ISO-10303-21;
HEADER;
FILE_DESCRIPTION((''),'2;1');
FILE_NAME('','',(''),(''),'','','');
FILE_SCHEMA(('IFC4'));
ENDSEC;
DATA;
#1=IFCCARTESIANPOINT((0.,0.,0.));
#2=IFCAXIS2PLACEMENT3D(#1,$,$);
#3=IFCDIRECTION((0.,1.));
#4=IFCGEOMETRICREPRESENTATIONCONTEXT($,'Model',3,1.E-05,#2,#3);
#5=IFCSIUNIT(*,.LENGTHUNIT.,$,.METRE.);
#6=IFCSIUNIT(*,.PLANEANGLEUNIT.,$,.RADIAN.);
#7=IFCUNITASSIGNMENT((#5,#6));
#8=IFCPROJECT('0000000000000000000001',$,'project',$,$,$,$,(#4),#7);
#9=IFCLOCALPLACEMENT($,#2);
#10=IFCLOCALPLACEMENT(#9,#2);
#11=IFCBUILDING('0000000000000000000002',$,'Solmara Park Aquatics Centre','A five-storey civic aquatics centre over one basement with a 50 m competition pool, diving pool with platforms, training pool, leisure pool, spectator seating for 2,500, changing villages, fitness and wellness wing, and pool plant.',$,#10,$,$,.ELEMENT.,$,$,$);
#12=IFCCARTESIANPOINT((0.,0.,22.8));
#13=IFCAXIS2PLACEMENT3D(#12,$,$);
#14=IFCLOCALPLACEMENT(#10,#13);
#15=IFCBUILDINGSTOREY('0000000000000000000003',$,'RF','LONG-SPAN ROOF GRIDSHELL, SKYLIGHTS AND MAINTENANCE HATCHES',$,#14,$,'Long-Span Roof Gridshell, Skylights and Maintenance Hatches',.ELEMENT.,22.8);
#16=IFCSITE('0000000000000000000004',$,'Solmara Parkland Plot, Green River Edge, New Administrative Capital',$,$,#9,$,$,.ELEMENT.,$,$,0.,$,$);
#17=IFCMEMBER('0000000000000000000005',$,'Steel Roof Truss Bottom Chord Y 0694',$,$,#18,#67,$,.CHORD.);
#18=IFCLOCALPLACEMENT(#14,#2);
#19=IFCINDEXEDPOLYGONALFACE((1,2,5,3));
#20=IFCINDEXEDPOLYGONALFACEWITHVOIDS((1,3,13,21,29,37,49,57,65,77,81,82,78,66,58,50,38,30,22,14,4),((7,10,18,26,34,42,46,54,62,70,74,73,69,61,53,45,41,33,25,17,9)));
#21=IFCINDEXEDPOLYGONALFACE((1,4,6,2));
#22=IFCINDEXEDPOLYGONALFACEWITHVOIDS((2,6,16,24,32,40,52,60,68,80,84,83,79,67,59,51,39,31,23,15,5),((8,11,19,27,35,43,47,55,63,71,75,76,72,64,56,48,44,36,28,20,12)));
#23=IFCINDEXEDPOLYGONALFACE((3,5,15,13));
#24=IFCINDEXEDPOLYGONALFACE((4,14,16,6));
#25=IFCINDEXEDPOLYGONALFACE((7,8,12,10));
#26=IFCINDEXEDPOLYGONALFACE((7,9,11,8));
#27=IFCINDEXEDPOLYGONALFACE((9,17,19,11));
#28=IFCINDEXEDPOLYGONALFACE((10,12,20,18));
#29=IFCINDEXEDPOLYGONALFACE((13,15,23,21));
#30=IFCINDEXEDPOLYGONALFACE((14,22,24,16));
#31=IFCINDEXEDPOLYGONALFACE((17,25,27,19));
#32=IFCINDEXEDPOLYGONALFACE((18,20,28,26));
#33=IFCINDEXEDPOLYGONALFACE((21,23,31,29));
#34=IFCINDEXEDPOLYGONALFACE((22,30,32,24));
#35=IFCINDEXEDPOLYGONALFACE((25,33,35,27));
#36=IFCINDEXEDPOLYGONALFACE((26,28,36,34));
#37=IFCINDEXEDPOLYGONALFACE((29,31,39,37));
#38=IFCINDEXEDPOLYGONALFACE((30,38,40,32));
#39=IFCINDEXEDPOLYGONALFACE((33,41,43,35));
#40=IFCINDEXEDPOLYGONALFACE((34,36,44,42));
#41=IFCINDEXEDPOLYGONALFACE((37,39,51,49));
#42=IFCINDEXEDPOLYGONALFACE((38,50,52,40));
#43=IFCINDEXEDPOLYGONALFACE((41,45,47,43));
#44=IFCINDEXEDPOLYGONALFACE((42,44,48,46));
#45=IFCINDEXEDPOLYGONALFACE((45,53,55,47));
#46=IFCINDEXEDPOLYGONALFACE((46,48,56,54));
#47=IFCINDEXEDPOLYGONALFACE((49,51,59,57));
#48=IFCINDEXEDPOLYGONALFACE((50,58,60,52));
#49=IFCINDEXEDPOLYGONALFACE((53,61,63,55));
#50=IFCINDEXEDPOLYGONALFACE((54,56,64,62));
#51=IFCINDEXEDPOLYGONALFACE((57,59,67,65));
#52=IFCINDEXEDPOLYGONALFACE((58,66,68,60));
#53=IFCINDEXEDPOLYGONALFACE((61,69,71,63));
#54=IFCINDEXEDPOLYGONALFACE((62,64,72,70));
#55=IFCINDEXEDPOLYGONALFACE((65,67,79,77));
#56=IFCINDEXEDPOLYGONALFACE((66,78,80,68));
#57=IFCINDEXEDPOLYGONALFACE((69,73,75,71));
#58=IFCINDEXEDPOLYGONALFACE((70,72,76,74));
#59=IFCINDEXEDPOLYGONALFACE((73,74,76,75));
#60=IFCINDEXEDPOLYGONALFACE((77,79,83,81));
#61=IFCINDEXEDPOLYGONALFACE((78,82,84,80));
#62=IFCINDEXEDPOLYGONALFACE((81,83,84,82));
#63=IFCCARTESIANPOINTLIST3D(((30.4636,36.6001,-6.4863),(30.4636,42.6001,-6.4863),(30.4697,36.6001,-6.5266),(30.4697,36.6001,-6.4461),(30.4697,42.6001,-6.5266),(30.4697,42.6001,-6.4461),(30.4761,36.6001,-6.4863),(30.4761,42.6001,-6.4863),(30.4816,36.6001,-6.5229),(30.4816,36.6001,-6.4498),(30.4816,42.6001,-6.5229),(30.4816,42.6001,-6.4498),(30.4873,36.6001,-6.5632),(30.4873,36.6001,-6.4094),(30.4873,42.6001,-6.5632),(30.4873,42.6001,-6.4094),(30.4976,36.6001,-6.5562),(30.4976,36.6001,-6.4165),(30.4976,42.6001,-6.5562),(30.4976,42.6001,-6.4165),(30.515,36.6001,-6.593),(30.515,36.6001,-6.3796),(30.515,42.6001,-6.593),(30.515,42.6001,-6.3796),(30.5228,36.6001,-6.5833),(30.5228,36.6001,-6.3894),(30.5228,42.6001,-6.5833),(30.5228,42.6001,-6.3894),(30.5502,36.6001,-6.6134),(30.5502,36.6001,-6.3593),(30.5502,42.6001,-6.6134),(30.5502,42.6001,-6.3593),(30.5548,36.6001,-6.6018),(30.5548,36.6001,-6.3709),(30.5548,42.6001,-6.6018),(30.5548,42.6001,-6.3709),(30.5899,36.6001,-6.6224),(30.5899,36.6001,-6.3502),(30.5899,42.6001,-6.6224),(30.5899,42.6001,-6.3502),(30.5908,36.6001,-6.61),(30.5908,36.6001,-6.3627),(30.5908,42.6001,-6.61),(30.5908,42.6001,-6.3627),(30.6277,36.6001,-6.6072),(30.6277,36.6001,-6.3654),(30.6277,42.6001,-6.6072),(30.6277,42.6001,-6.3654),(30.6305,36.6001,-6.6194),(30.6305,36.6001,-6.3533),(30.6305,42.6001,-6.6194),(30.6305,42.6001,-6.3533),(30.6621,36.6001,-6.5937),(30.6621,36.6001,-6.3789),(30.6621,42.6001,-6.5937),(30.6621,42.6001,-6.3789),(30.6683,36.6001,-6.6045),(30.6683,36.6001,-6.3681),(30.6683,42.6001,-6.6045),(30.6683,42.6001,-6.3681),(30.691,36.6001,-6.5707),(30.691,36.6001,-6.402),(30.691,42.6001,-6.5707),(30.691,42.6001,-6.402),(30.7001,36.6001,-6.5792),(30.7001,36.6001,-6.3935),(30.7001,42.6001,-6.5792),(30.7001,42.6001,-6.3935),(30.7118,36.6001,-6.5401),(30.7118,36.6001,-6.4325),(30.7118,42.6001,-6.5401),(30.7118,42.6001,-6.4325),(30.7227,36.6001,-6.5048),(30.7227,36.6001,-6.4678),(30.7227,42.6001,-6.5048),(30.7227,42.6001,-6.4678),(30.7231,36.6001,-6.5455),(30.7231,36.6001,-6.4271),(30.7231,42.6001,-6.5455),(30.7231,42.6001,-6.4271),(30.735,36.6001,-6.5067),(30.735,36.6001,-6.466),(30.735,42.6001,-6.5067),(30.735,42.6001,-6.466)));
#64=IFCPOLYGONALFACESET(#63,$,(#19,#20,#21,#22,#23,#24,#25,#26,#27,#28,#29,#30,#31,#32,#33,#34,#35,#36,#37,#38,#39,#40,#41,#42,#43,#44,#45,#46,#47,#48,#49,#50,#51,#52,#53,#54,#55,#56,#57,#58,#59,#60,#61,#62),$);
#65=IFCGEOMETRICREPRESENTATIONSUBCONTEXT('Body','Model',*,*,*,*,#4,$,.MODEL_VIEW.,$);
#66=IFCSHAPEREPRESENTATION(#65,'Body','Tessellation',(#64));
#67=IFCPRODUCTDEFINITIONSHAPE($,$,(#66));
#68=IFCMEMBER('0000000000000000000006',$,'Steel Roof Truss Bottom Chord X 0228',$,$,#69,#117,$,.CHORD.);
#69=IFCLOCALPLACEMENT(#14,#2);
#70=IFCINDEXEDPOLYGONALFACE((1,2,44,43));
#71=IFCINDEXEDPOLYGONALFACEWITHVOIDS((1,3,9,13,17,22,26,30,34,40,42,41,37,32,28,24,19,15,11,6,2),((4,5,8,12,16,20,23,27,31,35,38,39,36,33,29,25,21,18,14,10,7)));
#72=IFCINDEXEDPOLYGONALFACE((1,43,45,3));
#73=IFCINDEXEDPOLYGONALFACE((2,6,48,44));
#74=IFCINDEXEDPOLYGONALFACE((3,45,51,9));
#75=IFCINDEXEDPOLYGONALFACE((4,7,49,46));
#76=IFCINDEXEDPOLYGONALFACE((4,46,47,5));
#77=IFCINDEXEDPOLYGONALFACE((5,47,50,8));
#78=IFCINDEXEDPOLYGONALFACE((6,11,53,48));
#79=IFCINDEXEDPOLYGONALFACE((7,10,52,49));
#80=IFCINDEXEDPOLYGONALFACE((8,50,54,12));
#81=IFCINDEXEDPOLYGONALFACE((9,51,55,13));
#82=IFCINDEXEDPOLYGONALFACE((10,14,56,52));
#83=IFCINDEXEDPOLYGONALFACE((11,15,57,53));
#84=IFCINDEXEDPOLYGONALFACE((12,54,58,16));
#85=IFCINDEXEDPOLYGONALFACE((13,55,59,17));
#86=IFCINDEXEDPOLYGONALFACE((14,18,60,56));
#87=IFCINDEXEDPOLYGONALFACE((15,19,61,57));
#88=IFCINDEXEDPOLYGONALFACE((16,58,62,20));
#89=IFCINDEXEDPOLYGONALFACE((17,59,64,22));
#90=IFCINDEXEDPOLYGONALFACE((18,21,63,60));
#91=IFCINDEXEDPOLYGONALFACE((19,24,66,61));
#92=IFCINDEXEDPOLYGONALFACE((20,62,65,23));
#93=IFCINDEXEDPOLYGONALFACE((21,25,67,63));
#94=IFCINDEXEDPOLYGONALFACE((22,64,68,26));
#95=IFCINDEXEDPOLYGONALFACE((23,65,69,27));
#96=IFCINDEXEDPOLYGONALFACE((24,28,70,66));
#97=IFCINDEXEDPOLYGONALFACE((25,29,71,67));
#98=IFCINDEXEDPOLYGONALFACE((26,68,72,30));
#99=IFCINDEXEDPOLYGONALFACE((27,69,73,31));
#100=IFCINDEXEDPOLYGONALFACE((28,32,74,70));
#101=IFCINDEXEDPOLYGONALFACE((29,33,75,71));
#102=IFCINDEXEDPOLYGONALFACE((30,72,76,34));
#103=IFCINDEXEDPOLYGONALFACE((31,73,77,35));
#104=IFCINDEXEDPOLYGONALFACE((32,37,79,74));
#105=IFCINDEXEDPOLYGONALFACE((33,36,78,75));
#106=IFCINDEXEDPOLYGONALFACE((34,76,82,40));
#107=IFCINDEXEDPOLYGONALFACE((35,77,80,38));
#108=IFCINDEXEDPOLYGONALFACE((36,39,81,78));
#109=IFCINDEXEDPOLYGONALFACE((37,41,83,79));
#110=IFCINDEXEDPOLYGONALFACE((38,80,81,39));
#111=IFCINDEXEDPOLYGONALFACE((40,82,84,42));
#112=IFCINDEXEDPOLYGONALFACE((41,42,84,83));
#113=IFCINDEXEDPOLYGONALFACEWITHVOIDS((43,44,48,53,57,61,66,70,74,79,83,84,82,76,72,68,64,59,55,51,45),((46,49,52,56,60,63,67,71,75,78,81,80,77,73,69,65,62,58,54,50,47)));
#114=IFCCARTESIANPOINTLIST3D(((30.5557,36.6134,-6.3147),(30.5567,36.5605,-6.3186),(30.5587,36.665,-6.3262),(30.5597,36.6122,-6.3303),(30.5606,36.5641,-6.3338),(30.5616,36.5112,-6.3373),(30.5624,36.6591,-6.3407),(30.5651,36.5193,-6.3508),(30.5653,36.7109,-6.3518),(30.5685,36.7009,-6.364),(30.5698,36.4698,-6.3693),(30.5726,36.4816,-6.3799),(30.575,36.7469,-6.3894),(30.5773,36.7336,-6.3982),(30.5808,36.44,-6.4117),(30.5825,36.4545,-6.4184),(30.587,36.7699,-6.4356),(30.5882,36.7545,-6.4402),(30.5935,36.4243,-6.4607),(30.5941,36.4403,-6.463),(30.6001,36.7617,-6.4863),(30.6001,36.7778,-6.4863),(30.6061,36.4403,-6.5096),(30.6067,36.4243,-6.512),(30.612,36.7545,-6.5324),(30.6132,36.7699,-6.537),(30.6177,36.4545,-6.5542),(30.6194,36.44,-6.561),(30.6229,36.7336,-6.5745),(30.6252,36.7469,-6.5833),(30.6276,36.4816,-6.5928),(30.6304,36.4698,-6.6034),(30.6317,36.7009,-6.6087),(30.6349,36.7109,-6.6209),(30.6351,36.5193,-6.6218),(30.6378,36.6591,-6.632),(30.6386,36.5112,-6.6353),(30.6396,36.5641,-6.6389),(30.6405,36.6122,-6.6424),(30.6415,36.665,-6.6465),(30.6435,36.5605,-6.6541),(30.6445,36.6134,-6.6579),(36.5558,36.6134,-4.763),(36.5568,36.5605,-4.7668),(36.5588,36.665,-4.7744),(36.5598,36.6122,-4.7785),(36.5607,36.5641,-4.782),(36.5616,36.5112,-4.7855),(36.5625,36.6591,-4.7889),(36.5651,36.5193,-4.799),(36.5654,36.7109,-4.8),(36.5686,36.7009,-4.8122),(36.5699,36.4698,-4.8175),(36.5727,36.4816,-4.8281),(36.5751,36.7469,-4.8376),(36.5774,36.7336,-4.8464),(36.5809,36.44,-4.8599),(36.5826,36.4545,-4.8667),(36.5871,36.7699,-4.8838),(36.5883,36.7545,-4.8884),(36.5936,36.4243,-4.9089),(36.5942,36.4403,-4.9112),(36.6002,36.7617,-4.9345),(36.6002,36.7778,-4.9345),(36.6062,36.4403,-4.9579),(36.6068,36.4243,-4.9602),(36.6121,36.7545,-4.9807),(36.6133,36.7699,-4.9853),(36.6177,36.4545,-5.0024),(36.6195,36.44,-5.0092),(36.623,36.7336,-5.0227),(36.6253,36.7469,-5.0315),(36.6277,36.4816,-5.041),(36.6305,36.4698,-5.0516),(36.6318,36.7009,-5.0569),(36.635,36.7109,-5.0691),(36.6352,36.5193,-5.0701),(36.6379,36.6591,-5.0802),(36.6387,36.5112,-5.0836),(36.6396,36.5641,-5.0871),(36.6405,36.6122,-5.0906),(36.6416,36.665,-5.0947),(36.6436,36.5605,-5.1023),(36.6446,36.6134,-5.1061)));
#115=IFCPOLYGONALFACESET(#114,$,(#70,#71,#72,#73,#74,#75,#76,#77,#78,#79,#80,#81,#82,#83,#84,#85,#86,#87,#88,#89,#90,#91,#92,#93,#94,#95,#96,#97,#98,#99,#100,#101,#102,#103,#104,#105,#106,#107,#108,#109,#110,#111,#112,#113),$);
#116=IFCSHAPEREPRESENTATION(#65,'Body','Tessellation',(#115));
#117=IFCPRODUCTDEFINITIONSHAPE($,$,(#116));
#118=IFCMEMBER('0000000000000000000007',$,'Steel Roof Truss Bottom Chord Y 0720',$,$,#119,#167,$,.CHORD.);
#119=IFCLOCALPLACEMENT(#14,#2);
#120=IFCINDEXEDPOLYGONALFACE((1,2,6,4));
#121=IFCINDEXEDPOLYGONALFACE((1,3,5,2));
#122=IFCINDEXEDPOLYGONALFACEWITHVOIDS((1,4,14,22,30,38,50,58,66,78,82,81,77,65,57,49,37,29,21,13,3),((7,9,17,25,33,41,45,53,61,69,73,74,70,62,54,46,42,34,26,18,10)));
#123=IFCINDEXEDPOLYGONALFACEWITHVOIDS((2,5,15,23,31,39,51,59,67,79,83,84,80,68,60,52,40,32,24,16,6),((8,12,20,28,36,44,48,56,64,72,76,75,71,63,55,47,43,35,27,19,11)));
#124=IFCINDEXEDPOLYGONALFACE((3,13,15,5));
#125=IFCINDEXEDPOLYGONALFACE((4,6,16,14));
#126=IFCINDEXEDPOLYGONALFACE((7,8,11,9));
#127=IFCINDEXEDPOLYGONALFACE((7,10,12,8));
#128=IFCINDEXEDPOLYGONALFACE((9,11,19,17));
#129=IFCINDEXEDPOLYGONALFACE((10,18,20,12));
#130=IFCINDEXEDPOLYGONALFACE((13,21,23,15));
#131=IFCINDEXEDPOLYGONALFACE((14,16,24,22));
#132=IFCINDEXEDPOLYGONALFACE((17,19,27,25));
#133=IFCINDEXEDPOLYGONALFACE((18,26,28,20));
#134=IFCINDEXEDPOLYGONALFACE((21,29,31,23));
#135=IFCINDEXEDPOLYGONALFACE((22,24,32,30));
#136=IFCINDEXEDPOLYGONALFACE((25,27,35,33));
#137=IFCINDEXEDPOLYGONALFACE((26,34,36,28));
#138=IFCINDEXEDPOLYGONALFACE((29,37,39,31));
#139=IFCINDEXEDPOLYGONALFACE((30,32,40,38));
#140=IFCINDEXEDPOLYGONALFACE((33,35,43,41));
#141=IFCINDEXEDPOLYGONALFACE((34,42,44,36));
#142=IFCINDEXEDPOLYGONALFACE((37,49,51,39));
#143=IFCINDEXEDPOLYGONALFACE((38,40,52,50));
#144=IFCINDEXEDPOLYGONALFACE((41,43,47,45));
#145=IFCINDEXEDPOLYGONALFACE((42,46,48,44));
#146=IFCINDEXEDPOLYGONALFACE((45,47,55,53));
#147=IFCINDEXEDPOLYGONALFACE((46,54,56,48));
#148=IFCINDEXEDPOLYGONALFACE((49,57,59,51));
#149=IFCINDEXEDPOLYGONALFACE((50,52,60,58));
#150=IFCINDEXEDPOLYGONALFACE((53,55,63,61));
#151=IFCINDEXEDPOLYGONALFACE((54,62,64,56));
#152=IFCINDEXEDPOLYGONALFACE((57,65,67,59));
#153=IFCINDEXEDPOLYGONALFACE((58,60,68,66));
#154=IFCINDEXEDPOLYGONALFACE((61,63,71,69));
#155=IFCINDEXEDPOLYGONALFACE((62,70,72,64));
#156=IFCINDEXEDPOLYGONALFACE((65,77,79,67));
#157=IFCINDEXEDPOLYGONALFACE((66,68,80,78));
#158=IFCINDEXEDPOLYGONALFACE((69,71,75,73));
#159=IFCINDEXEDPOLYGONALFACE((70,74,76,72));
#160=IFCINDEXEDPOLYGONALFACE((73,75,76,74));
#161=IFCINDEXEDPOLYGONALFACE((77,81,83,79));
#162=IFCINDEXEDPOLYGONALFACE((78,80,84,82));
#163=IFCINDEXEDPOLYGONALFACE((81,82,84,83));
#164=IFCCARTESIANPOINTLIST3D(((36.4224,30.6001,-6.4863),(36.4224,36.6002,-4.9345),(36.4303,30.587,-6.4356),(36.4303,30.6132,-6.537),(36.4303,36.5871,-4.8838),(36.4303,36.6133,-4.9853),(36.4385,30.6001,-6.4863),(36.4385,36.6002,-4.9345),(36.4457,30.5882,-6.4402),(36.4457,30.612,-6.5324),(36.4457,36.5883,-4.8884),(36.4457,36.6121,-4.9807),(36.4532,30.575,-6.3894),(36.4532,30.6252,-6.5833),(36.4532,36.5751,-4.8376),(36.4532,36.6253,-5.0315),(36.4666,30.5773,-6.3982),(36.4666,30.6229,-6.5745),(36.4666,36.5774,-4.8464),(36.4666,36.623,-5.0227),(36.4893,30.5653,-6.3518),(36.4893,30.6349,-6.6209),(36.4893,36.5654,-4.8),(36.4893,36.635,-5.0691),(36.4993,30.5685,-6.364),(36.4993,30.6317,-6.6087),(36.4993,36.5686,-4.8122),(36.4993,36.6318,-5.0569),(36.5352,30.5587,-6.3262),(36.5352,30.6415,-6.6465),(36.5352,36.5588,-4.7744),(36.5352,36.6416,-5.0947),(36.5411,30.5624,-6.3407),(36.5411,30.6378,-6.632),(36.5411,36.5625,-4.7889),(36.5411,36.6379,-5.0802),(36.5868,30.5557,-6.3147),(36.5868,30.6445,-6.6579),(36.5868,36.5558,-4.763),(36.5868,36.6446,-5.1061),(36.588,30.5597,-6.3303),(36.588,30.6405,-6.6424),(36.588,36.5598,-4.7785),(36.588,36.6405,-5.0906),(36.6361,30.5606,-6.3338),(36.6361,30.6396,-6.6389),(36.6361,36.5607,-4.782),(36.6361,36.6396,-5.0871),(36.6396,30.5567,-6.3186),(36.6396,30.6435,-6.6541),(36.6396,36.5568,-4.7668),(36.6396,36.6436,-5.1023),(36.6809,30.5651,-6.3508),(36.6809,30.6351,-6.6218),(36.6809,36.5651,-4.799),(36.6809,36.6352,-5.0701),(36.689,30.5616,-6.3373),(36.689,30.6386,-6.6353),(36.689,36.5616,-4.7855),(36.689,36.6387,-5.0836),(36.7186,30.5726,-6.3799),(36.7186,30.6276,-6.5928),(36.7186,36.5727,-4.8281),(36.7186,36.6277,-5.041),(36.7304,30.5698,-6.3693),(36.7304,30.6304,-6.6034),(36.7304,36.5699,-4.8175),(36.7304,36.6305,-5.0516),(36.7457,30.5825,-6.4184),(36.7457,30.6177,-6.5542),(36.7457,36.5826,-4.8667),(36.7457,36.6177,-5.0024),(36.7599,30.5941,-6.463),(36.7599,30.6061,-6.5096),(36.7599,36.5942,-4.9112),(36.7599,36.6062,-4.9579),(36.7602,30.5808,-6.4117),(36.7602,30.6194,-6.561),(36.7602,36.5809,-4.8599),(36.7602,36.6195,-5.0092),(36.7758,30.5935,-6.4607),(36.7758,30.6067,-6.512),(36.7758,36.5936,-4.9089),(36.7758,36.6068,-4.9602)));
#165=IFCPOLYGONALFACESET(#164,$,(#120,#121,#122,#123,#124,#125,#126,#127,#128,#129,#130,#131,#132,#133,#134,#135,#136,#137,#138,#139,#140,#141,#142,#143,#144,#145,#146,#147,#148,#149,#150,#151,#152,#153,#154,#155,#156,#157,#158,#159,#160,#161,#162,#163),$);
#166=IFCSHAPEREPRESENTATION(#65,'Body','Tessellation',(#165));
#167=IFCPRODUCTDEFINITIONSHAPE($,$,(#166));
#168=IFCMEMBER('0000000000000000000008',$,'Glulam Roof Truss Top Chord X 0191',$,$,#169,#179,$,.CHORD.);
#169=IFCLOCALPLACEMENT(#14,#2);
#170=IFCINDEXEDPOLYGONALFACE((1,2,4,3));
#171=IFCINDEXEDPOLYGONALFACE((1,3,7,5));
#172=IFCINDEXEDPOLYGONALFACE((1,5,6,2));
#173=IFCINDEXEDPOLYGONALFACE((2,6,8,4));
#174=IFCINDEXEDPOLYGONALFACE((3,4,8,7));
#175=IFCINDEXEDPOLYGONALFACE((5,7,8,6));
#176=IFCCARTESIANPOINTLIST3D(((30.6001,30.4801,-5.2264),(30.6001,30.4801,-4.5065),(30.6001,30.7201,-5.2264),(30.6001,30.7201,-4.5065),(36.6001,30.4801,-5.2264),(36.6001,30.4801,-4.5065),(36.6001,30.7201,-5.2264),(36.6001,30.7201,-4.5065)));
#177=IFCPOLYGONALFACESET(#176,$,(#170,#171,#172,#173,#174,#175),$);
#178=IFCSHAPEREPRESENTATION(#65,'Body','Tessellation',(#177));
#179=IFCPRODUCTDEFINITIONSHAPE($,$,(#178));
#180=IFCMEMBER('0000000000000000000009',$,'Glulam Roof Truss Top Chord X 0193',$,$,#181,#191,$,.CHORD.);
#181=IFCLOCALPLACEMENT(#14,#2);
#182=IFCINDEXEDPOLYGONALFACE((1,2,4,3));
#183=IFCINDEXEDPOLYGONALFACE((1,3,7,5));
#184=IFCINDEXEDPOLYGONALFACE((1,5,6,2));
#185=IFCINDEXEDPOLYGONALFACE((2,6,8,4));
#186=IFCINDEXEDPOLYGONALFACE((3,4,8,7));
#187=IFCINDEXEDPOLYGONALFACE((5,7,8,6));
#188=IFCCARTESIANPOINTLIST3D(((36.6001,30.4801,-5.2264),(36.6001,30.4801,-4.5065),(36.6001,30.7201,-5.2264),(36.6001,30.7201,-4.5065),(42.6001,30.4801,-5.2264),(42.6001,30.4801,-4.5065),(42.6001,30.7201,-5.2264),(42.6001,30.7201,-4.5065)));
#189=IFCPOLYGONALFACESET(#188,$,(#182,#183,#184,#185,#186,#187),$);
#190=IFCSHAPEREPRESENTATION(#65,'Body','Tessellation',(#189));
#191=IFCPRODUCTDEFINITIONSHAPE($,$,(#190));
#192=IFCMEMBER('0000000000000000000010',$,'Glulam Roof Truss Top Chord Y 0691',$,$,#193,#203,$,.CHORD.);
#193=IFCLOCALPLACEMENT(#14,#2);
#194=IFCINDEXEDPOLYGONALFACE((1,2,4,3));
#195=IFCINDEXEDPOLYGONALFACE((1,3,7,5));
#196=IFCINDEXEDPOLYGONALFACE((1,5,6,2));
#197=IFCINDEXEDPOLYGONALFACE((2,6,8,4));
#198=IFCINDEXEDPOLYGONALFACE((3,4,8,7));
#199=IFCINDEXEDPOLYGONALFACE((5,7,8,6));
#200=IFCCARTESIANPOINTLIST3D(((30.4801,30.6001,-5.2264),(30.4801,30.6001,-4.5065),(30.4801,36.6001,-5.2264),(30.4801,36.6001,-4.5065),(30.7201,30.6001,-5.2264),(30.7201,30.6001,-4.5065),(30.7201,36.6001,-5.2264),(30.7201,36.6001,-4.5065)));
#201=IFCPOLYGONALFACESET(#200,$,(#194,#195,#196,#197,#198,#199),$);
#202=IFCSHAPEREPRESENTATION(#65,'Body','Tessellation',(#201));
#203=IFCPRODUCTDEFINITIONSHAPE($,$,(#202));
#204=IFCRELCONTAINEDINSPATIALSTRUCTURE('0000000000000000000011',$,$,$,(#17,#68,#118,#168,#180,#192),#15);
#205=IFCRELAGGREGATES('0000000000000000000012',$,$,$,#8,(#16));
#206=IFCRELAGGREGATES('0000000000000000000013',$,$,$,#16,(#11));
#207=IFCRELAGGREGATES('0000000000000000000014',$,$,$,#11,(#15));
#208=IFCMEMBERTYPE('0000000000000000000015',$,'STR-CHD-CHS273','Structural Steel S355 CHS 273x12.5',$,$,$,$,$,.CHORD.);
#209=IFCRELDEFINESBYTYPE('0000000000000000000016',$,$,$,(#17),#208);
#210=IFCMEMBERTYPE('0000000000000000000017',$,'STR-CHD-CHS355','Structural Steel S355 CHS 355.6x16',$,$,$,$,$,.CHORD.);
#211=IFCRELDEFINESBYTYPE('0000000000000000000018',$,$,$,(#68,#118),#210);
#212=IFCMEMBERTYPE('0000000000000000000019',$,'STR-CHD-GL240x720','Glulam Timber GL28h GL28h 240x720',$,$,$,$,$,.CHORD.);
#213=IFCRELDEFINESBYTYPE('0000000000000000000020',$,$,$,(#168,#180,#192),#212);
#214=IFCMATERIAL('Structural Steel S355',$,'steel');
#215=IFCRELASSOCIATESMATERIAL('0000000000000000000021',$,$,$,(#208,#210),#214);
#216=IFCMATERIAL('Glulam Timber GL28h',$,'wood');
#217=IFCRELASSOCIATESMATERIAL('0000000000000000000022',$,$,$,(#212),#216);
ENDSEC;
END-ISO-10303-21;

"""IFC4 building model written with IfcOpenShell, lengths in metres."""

from ifc_helpers import new_model, si_unit, direction, frame, origin, origin_2d, place, context, subcontext, project, spatial, rectangle, hollow_circle, extrude, material, material_profile, profile_set, type_object, element, save


model = new_model("IFC4")

# Units and contexts
model_context = context("Model", 3, precision=1e-05, world=origin(), true_north=direction((0.0, 1.0)))
body_context = subcontext(model_context, "Body", "Model", "MODEL_VIEW")
ifc_project = project(units=[si_unit("LENGTHUNIT", "METRE"), si_unit("PLANEANGLEUNIT", "RADIAN")], contexts=[model_context])

# Site, building, storey
site_placement = place(None, origin())
site = spatial("IfcSite", under=ifc_project, at=site_placement, Name="Solmara Parkland Plot, Green River Edge, New Administrative Capital", CompositionType="ELEMENT", RefElevation=0.0)
building_placement = place(site_placement, origin())
building = spatial("IfcBuilding", under=site, at=building_placement, Name="Solmara Park Aquatics Centre", Description="A five-storey civic aquatics centre over one basement with a 50 m competition pool, diving pool with platforms, training pool, leisure pool, spectator seating for 2,500, changing villages, fitness and wellness wing, and pool plant.", CompositionType="ELEMENT")
storey_placement = place(building_placement, frame((0.0, 0.0, 22.8)))
storey = spatial("IfcBuildingStorey", under=building, at=storey_placement, Name="RF", Description="LONG-SPAN ROOF GRIDSHELL, SKYLIGHTS AND MAINTENANCE HATCHES", LongName="Long-Span Roof Gridshell, Skylights and Maintenance Hatches", CompositionType="ELEMENT", Elevation=22.8)

# Members
ifc_material_1 = material(Name="Structural Steel S355", Category="steel")
ifc_material_profile_1 = material_profile(ifc_material_1, hollow_circle(Radius=0.1365, WallThickness=0.0125, at=origin_2d()), Name="CHS 273x12.5")
ifc_profile_set_1 = profile_set([ifc_material_profile_1], Name="Structural Steel S355")
member_type_1 = type_object("IfcMemberType", Name="STR-CHD-CHS273", Description="Structural Steel S355 CHS 273x12.5", PredefinedType="CHORD", material=ifc_profile_set_1)
for number, where, z_axis, x_axis, name in (
    (1, (30.6001, 36.6001, -6.4863), (0.0, 1.0, 0.0), (-1.0, 0.0, 0.0), "Steel Roof Truss Bottom Chord Y 0694"),
):
    element("IfcMember", number, at=place(storey_placement, frame(where, z_axis=z_axis, x_axis=x_axis)), inside=storey, type_object=member_type_1, Name=name, PredefinedType="CHORD", context=body_context, shape_type="SweptSolid", body=[
        extrude(hollow_circle(Radius=0.1365, WallThickness=0.0125, at=origin_2d()), origin(), (0.0, 0.0, 1.0), 6.0),
    ])
ifc_material_profile_2 = material_profile(ifc_material_1, hollow_circle(Radius=0.1777, WallThickness=0.0161, at=origin_2d()), Name="CHS 355.6x16")
ifc_profile_set_2 = profile_set([ifc_material_profile_2], Name="Structural Steel S355")
member_type_2 = type_object("IfcMemberType", Name="STR-CHD-CHS355", Description="Structural Steel S355 CHS 355.6x16", PredefinedType="CHORD", material=ifc_profile_set_2)
for number, where, z_axis, x_axis, name in (
    (2, (30.6001, 36.6001, -6.4863), (0.968146, 0.0, 0.250388), (0.0, 1.0, 0.0), "Steel Roof Truss Bottom Chord X 0228"),
    (3, (36.6001, 30.6001, -6.4863), (0.0, 0.968146, 0.250388), (-1.0, 0.0, 0.0), "Steel Roof Truss Bottom Chord Y 0720"),
):
    element("IfcMember", number, at=place(storey_placement, frame(where, z_axis=z_axis, x_axis=x_axis)), inside=storey, type_object=member_type_2, Name=name, PredefinedType="CHORD", context=body_context, shape_type="SweptSolid", body=[
        extrude(hollow_circle(Radius=0.1777, WallThickness=0.0161, at=origin_2d()), origin(), (0.0, 0.0, 1.0), 6.1975),
    ])
ifc_material_2 = material(Name="Glulam Timber GL28h", Category="wood")
ifc_material_profile_3 = material_profile(ifc_material_2, rectangle(XDim=0.24, YDim=0.72, at=origin_2d()), Name="GL28h 240x720")
ifc_profile_set_3 = profile_set([ifc_material_profile_3], Name="Glulam Timber GL28h")
member_type_3 = type_object("IfcMemberType", Name="STR-CHD-GL240x720", Description="Glulam Timber GL28h GL28h 240x720", PredefinedType="CHORD", material=ifc_profile_set_3)
for number, where, z_axis, x_axis, name in (
    (4, (30.6001, 30.6001, -4.8665), (1.0, 0.0, 0.0), (0.0, 1.0, 0.0), "Glulam Roof Truss Top Chord X 0191"),
    (5, (36.6001, 30.6001, -4.8665), (1.0, 0.0, 0.0), (0.0, 1.0, 0.0), "Glulam Roof Truss Top Chord X 0193"),
    (6, (30.6001, 30.6001, -4.8665), (0.0, 1.0, 0.0), (-1.0, 0.0, 0.0), "Glulam Roof Truss Top Chord Y 0691"),
):
    element("IfcMember", number, at=place(storey_placement, frame(where, z_axis=z_axis, x_axis=x_axis)), inside=storey, type_object=member_type_3, Name=name, PredefinedType="CHORD", context=body_context, shape_type="SweptSolid", body=[
        extrude(rectangle(XDim=0.24, YDim=0.72, at=origin_2d()), origin(), (0.0, 0.0, 1.0), 6.0),
    ])

save(model, "model.ifc")
